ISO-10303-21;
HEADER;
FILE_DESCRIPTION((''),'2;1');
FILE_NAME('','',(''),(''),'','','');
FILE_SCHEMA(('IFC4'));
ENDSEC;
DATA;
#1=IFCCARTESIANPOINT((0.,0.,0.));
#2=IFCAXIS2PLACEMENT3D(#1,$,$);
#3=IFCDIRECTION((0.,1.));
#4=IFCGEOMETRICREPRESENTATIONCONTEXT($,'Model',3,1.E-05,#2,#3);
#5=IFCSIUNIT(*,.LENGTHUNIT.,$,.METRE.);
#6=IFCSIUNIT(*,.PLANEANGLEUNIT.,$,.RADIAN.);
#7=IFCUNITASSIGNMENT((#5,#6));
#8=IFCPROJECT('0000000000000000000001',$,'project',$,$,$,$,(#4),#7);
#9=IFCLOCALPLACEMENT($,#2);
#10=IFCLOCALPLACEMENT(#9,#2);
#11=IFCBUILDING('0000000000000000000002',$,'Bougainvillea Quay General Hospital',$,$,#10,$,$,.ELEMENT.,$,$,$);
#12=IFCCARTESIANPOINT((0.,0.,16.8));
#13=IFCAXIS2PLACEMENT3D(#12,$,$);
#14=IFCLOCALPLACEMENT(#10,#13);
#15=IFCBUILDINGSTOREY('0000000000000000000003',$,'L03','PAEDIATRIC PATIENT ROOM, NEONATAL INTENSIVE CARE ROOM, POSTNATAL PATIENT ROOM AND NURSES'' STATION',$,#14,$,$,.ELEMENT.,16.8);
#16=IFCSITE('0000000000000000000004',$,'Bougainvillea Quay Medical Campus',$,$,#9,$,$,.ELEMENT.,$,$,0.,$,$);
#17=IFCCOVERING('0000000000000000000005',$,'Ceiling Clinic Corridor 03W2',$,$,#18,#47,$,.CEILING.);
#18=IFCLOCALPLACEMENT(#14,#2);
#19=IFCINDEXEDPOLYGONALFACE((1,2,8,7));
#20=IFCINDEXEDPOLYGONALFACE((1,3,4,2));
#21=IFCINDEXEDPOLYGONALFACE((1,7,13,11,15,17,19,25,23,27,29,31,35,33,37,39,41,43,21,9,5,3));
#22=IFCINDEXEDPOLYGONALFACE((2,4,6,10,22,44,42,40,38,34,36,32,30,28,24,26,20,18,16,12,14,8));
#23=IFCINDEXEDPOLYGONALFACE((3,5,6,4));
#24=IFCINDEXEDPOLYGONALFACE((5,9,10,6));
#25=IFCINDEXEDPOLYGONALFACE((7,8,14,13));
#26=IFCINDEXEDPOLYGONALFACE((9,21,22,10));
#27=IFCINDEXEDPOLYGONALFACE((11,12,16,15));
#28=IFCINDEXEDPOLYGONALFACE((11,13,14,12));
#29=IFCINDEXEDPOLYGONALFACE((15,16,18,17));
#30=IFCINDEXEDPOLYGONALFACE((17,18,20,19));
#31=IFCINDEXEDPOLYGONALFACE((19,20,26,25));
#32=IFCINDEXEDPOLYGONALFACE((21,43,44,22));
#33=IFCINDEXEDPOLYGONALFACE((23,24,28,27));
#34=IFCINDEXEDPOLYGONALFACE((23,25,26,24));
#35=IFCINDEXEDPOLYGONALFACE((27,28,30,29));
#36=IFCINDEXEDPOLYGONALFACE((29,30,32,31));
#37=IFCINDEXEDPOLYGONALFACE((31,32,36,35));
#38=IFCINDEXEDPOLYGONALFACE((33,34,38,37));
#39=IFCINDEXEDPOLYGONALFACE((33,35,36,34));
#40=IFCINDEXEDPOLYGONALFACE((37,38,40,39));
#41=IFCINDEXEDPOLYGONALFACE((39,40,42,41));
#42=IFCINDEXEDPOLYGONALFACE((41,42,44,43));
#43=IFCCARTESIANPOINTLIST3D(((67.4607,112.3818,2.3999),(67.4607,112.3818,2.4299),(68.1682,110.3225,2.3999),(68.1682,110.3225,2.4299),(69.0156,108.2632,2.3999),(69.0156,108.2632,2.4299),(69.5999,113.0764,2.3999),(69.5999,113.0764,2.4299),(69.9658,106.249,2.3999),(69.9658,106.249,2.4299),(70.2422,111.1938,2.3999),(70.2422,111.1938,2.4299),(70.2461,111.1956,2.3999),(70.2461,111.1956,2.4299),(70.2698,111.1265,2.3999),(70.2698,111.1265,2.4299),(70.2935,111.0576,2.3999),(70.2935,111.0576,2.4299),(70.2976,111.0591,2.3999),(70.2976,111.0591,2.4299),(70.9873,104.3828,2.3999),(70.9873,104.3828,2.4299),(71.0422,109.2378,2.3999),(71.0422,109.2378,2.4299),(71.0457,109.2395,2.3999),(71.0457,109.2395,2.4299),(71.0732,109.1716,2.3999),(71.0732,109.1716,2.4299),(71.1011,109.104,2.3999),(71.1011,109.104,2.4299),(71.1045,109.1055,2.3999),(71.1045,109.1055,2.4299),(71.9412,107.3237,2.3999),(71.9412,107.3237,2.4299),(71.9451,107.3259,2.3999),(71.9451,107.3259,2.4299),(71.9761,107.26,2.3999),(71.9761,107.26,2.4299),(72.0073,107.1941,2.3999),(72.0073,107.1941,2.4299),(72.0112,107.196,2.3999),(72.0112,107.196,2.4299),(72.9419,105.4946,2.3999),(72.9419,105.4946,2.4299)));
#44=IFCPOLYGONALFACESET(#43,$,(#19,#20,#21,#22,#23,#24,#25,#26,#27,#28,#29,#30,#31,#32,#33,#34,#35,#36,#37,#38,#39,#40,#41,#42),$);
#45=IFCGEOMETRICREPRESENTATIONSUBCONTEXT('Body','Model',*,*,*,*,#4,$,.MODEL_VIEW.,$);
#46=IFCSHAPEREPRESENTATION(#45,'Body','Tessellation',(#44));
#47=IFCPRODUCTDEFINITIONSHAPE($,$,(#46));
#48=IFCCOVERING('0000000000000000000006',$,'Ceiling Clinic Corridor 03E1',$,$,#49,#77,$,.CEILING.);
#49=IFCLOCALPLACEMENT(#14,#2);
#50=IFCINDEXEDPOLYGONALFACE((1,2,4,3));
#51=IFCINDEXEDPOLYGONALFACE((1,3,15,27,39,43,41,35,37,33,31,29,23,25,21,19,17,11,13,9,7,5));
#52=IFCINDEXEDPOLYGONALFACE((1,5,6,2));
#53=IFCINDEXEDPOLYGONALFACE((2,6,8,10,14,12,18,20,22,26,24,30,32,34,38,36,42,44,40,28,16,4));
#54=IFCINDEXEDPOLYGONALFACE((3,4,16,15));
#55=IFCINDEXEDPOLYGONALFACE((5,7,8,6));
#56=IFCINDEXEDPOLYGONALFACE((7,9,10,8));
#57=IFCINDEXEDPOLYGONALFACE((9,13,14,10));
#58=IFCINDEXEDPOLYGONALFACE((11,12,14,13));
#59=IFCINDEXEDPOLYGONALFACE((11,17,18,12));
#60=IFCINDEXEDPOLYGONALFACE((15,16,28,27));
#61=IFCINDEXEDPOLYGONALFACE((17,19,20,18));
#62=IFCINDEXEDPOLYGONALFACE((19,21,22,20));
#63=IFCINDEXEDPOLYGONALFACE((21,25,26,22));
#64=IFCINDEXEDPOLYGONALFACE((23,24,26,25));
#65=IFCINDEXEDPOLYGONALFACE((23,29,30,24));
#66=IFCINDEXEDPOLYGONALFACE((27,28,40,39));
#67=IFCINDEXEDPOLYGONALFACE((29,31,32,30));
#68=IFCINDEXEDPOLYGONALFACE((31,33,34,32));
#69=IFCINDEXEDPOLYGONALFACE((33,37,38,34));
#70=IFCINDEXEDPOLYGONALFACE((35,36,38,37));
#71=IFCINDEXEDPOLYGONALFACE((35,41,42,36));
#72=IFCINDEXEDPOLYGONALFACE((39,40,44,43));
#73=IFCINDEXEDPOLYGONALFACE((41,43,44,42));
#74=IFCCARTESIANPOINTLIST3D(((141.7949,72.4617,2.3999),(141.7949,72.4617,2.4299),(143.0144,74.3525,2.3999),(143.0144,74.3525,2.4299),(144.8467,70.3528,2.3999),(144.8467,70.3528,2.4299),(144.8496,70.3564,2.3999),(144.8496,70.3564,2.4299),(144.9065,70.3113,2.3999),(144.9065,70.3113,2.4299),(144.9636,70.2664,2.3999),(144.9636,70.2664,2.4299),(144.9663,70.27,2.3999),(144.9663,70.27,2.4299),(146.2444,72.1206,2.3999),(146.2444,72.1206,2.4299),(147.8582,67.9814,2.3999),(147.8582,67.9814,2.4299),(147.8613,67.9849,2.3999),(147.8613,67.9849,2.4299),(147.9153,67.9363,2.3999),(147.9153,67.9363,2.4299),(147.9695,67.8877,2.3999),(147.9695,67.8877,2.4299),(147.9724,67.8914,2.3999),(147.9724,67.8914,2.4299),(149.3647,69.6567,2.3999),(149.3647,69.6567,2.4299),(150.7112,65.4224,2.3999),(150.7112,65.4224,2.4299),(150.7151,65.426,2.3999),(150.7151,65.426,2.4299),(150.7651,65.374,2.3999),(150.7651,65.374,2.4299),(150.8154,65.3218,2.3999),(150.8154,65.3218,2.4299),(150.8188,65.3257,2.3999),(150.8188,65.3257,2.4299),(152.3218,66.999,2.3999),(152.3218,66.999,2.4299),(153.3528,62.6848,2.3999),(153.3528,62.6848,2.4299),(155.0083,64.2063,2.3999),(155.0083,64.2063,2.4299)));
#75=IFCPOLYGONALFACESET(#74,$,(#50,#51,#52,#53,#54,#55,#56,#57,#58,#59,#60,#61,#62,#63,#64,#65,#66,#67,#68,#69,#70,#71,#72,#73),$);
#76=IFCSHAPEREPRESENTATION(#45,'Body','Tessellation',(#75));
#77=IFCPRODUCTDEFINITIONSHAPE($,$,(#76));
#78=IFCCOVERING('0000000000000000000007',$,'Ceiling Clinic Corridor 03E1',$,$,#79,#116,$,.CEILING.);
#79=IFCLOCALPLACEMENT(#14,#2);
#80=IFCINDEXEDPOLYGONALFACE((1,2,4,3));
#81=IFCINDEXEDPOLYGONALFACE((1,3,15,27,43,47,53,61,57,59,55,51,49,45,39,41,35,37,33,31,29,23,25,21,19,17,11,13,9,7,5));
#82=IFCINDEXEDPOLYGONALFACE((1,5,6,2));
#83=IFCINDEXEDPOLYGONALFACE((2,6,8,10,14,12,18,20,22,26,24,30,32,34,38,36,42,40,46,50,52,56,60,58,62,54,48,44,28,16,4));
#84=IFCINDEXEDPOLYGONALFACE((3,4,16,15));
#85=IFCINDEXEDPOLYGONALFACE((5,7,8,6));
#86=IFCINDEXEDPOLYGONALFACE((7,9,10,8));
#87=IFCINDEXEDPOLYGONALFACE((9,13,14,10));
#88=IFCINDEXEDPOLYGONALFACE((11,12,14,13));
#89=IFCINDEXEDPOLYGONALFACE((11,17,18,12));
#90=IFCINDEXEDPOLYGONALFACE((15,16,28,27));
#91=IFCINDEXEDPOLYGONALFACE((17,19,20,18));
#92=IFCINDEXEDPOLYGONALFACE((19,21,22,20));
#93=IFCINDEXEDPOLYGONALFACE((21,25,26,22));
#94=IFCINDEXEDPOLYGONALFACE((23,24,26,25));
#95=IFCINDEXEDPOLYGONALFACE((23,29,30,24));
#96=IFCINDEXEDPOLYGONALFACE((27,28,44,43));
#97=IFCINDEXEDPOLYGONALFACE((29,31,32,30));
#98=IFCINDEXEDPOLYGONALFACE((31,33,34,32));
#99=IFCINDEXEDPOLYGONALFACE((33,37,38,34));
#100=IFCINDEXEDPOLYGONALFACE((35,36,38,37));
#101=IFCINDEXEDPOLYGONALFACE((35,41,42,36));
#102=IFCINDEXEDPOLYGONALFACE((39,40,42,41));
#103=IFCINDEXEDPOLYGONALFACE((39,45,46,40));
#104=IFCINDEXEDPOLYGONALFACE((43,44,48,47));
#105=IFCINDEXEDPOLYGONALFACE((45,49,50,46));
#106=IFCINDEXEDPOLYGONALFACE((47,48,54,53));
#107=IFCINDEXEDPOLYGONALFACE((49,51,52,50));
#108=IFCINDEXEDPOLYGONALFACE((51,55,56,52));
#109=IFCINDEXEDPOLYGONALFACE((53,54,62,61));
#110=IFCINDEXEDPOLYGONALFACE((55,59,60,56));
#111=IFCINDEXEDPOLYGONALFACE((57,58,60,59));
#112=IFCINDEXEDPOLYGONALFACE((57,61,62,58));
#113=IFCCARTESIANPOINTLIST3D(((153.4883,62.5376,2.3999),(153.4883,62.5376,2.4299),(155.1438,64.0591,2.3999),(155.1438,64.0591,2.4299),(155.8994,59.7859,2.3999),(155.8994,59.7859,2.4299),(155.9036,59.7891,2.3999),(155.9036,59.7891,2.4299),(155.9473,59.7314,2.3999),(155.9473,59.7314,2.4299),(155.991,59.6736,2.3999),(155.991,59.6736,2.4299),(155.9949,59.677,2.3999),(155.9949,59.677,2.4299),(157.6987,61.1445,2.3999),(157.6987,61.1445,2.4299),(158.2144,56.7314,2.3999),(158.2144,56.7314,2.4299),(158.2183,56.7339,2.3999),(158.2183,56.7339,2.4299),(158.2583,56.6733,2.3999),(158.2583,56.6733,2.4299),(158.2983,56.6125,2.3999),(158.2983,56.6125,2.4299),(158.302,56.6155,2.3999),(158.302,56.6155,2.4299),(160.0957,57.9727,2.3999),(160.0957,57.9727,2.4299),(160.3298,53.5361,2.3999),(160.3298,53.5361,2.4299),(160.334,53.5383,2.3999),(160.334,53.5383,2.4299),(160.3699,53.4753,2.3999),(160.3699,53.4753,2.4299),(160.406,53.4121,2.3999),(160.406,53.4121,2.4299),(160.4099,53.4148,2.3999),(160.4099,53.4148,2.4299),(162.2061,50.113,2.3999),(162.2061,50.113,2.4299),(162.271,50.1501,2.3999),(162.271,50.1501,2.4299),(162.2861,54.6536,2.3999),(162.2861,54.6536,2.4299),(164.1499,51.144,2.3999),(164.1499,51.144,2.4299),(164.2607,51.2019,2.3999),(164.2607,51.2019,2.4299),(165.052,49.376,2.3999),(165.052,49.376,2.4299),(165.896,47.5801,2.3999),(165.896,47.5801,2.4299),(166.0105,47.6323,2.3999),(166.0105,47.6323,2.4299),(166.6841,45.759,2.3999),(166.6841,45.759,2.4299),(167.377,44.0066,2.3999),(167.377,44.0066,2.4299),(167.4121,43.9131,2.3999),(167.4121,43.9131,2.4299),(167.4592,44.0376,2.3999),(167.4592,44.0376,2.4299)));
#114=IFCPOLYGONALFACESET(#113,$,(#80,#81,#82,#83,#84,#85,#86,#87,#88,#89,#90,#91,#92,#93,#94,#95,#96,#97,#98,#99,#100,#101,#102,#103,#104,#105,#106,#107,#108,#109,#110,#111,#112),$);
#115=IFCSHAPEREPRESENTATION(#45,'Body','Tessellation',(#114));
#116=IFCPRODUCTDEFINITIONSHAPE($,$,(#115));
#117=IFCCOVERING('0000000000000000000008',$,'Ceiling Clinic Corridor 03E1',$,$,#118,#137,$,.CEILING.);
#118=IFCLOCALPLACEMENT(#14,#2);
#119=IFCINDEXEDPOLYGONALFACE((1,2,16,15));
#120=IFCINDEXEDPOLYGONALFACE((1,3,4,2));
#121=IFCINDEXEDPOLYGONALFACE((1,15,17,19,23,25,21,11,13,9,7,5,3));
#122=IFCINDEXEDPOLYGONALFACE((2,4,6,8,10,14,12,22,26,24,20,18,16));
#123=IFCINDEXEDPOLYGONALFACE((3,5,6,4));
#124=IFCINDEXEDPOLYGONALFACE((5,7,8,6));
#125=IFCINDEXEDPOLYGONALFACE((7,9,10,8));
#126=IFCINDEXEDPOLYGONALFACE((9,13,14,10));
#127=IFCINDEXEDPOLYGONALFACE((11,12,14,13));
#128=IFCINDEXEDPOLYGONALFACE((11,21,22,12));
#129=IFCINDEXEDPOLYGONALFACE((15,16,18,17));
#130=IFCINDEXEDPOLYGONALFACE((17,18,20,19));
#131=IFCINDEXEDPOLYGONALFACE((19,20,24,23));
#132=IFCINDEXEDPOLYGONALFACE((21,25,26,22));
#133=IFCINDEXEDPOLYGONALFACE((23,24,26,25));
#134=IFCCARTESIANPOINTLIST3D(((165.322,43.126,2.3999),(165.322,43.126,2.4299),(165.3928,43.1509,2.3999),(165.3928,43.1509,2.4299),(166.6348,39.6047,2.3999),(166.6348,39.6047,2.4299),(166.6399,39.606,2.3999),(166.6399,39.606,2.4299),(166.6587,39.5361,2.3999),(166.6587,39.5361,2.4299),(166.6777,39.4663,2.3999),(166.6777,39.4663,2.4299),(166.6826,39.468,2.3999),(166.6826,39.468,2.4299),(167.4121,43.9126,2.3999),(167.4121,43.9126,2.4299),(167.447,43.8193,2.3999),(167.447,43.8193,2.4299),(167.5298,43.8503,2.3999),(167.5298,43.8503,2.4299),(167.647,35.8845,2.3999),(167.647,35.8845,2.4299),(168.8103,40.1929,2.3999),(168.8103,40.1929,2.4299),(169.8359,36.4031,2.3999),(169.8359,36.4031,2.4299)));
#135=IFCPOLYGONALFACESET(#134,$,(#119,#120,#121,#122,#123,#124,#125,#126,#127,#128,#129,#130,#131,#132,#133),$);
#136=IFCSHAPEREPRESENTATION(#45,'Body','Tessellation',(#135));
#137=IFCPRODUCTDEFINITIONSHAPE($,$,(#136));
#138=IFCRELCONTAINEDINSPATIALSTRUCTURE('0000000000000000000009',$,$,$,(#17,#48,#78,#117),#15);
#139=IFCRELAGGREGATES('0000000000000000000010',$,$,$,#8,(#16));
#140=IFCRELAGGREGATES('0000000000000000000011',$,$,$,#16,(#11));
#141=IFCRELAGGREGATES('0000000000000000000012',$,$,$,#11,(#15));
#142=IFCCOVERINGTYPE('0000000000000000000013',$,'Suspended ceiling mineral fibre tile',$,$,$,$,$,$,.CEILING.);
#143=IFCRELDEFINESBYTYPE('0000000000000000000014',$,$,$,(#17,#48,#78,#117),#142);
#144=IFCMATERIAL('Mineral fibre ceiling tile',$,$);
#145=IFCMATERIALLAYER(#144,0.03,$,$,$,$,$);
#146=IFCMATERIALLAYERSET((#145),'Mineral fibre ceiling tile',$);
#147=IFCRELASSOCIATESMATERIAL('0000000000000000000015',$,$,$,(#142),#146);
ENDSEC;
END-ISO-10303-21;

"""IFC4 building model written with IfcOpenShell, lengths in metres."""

from ifc_helpers import new_model, si_unit, direction, frame, origin, place, context, subcontext, project, spatial, polyline, outline, extrude, material, layer, layer_set, type_object, element, save


model = new_model("IFC4")

# Units and contexts
model_context = context("Model", 3, precision=1e-05, world=origin(), true_north=direction((0.0, 1.0)))
body_context = subcontext(model_context, "Body", "Model", "MODEL_VIEW")
ifc_project = project(units=[si_unit("LENGTHUNIT", "METRE"), si_unit("PLANEANGLEUNIT", "RADIAN")], contexts=[model_context])

# Site, building, storey
site_placement = place(None, origin())
site = spatial("IfcSite", under=ifc_project, at=site_placement, Name="Bougainvillea Quay Medical Campus", CompositionType="ELEMENT", RefElevation=0.0)
building_placement = place(site_placement, origin())
building = spatial("IfcBuilding", under=site, at=building_placement, Name="Bougainvillea Quay General Hospital", CompositionType="ELEMENT")
storey_placement = place(building_placement, frame((0.0, 0.0, 16.8)))
storey = spatial("IfcBuildingStorey", under=building, at=storey_placement, Name="L03", Description="PAEDIATRIC PATIENT ROOM, NEONATAL INTENSIVE CARE ROOM, POSTNATAL PATIENT ROOM AND NURSES' STATION", CompositionType="ELEMENT", Elevation=16.8)

# Coverings
ifc_material = material(Name="Mineral fibre ceiling tile")
ifc_layer = layer(ifc_material, 0.03)
ifc_layer_set = layer_set([ifc_layer], Name="Mineral fibre ceiling tile")
covering_type = type_object("IfcCoveringType", Name="Suspended ceiling mineral fibre tile", PredefinedType="CEILING", material=ifc_layer_set)
covering_1_placement = place(storey_placement, frame((0.0, 0.0, 2.3999)))
element("IfcCovering", 1, at=covering_1_placement, inside=storey, type_object=covering_type, Name="Ceiling Clinic Corridor 03W2", PredefinedType="CEILING", context=body_context, shape_type="SweptSolid", body=[
    extrude(outline(polyline([(70.2698, 111.1265), (70.2422, 111.1938), (70.2461, 111.1956), (69.5999, 113.0764), (67.4607, 112.3818), (68.1682, 110.3225), (69.0156, 108.2632), (69.9658, 106.249), (70.9873, 104.3828), (72.9419, 105.4946), (72.0112, 107.196), (72.0073, 107.1941), (71.9761, 107.26), (71.9412, 107.3237), (71.9451, 107.3259), (71.1045, 109.1055), (71.1011, 109.104), (71.0732, 109.1716), (71.0422, 109.2378), (71.0457, 109.2395), (70.2976, 111.0591), (70.2935, 111.0576), (70.2698, 111.1265)])), origin(), (0.0, 0.0, 1.0), 0.03),
])
covering_2_placement = place(storey_placement, frame((0.0, 0.0, 2.3999)))
element("IfcCovering", 2, at=covering_2_placement, inside=storey, type_object=covering_type, Name="Ceiling Clinic Corridor 03E1", PredefinedType="CEILING", context=body_context, shape_type="SweptSolid", body=[
    extrude(outline(polyline([(143.0144, 74.3525), (141.7949, 72.4617), (144.8467, 70.3528), (144.8496, 70.3564), (144.9065, 70.3113), (144.9663, 70.27), (144.9636, 70.2664), (147.8582, 67.9814), (147.8613, 67.9849), (147.9153, 67.9363), (147.9724, 67.8914), (147.9695, 67.8877), (150.7112, 65.4224), (150.7151, 65.426), (150.7651, 65.374), (150.8188, 65.3257), (150.8154, 65.3218), (153.3528, 62.6848), (155.0083, 64.2063), (152.3218, 66.999), (149.3647, 69.6567), (146.2444, 72.1206), (143.0144, 74.3525)])), origin(), (0.0, 0.0, 1.0), 0.03),
])
covering_3_placement = place(storey_placement, frame((0.0, 0.0, 2.3999)))
element("IfcCovering", 3, at=covering_3_placement, inside=storey, type_object=covering_type, Name="Ceiling Clinic Corridor 03E1", PredefinedType="CEILING", context=body_context, shape_type="SweptSolid", body=[
    extrude(outline(polyline([(165.896, 47.5801), (166.6841, 45.759), (167.4121, 43.9131), (167.377, 44.0066), (167.4592, 44.0376), (166.0105, 47.6323), (164.2607, 51.2019), (162.2861, 54.6536), (160.0957, 57.9727), (157.6987, 61.1445), (155.1438, 64.0591), (153.4883, 62.5376), (155.8994, 59.7859), (155.9036, 59.7891), (155.9473, 59.7314), (155.9949, 59.677), (155.991, 59.6736), (158.2144, 56.7314), (158.2183, 56.7339), (158.2583, 56.6733), (158.302, 56.6155), (158.2983, 56.6125), (160.3298, 53.5361), (160.334, 53.5383), (160.3699, 53.4753), (160.4099, 53.4148), (160.406, 53.4121), (162.271, 50.1501), (162.2061, 50.113), (164.1499, 51.144), (165.052, 49.376), (165.896, 47.5801)])), origin(), (0.0, 0.0, 1.0), 0.03),
])
covering_4_placement = place(storey_placement, frame((0.0, 0.0, 2.3999)))
element("IfcCovering", 4, at=covering_4_placement, inside=storey, type_object=covering_type, Name="Ceiling Clinic Corridor 03E1", PredefinedType="CEILING", context=body_context, shape_type="SweptSolid", body=[
    extrude(outline(polyline([(165.322, 43.126), (165.3928, 43.1509), (166.6348, 39.6047), (166.6399, 39.606), (166.6587, 39.5361), (166.6826, 39.468), (166.6777, 39.4663), (167.647, 35.8845), (169.8359, 36.4031), (168.8103, 40.1929), (167.5298, 43.8503), (167.447, 43.8193), (167.4121, 43.9126), (165.322, 43.126)])), origin(), (0.0, 0.0, 1.0), 0.03),
])

save(model, "model.ifc")
